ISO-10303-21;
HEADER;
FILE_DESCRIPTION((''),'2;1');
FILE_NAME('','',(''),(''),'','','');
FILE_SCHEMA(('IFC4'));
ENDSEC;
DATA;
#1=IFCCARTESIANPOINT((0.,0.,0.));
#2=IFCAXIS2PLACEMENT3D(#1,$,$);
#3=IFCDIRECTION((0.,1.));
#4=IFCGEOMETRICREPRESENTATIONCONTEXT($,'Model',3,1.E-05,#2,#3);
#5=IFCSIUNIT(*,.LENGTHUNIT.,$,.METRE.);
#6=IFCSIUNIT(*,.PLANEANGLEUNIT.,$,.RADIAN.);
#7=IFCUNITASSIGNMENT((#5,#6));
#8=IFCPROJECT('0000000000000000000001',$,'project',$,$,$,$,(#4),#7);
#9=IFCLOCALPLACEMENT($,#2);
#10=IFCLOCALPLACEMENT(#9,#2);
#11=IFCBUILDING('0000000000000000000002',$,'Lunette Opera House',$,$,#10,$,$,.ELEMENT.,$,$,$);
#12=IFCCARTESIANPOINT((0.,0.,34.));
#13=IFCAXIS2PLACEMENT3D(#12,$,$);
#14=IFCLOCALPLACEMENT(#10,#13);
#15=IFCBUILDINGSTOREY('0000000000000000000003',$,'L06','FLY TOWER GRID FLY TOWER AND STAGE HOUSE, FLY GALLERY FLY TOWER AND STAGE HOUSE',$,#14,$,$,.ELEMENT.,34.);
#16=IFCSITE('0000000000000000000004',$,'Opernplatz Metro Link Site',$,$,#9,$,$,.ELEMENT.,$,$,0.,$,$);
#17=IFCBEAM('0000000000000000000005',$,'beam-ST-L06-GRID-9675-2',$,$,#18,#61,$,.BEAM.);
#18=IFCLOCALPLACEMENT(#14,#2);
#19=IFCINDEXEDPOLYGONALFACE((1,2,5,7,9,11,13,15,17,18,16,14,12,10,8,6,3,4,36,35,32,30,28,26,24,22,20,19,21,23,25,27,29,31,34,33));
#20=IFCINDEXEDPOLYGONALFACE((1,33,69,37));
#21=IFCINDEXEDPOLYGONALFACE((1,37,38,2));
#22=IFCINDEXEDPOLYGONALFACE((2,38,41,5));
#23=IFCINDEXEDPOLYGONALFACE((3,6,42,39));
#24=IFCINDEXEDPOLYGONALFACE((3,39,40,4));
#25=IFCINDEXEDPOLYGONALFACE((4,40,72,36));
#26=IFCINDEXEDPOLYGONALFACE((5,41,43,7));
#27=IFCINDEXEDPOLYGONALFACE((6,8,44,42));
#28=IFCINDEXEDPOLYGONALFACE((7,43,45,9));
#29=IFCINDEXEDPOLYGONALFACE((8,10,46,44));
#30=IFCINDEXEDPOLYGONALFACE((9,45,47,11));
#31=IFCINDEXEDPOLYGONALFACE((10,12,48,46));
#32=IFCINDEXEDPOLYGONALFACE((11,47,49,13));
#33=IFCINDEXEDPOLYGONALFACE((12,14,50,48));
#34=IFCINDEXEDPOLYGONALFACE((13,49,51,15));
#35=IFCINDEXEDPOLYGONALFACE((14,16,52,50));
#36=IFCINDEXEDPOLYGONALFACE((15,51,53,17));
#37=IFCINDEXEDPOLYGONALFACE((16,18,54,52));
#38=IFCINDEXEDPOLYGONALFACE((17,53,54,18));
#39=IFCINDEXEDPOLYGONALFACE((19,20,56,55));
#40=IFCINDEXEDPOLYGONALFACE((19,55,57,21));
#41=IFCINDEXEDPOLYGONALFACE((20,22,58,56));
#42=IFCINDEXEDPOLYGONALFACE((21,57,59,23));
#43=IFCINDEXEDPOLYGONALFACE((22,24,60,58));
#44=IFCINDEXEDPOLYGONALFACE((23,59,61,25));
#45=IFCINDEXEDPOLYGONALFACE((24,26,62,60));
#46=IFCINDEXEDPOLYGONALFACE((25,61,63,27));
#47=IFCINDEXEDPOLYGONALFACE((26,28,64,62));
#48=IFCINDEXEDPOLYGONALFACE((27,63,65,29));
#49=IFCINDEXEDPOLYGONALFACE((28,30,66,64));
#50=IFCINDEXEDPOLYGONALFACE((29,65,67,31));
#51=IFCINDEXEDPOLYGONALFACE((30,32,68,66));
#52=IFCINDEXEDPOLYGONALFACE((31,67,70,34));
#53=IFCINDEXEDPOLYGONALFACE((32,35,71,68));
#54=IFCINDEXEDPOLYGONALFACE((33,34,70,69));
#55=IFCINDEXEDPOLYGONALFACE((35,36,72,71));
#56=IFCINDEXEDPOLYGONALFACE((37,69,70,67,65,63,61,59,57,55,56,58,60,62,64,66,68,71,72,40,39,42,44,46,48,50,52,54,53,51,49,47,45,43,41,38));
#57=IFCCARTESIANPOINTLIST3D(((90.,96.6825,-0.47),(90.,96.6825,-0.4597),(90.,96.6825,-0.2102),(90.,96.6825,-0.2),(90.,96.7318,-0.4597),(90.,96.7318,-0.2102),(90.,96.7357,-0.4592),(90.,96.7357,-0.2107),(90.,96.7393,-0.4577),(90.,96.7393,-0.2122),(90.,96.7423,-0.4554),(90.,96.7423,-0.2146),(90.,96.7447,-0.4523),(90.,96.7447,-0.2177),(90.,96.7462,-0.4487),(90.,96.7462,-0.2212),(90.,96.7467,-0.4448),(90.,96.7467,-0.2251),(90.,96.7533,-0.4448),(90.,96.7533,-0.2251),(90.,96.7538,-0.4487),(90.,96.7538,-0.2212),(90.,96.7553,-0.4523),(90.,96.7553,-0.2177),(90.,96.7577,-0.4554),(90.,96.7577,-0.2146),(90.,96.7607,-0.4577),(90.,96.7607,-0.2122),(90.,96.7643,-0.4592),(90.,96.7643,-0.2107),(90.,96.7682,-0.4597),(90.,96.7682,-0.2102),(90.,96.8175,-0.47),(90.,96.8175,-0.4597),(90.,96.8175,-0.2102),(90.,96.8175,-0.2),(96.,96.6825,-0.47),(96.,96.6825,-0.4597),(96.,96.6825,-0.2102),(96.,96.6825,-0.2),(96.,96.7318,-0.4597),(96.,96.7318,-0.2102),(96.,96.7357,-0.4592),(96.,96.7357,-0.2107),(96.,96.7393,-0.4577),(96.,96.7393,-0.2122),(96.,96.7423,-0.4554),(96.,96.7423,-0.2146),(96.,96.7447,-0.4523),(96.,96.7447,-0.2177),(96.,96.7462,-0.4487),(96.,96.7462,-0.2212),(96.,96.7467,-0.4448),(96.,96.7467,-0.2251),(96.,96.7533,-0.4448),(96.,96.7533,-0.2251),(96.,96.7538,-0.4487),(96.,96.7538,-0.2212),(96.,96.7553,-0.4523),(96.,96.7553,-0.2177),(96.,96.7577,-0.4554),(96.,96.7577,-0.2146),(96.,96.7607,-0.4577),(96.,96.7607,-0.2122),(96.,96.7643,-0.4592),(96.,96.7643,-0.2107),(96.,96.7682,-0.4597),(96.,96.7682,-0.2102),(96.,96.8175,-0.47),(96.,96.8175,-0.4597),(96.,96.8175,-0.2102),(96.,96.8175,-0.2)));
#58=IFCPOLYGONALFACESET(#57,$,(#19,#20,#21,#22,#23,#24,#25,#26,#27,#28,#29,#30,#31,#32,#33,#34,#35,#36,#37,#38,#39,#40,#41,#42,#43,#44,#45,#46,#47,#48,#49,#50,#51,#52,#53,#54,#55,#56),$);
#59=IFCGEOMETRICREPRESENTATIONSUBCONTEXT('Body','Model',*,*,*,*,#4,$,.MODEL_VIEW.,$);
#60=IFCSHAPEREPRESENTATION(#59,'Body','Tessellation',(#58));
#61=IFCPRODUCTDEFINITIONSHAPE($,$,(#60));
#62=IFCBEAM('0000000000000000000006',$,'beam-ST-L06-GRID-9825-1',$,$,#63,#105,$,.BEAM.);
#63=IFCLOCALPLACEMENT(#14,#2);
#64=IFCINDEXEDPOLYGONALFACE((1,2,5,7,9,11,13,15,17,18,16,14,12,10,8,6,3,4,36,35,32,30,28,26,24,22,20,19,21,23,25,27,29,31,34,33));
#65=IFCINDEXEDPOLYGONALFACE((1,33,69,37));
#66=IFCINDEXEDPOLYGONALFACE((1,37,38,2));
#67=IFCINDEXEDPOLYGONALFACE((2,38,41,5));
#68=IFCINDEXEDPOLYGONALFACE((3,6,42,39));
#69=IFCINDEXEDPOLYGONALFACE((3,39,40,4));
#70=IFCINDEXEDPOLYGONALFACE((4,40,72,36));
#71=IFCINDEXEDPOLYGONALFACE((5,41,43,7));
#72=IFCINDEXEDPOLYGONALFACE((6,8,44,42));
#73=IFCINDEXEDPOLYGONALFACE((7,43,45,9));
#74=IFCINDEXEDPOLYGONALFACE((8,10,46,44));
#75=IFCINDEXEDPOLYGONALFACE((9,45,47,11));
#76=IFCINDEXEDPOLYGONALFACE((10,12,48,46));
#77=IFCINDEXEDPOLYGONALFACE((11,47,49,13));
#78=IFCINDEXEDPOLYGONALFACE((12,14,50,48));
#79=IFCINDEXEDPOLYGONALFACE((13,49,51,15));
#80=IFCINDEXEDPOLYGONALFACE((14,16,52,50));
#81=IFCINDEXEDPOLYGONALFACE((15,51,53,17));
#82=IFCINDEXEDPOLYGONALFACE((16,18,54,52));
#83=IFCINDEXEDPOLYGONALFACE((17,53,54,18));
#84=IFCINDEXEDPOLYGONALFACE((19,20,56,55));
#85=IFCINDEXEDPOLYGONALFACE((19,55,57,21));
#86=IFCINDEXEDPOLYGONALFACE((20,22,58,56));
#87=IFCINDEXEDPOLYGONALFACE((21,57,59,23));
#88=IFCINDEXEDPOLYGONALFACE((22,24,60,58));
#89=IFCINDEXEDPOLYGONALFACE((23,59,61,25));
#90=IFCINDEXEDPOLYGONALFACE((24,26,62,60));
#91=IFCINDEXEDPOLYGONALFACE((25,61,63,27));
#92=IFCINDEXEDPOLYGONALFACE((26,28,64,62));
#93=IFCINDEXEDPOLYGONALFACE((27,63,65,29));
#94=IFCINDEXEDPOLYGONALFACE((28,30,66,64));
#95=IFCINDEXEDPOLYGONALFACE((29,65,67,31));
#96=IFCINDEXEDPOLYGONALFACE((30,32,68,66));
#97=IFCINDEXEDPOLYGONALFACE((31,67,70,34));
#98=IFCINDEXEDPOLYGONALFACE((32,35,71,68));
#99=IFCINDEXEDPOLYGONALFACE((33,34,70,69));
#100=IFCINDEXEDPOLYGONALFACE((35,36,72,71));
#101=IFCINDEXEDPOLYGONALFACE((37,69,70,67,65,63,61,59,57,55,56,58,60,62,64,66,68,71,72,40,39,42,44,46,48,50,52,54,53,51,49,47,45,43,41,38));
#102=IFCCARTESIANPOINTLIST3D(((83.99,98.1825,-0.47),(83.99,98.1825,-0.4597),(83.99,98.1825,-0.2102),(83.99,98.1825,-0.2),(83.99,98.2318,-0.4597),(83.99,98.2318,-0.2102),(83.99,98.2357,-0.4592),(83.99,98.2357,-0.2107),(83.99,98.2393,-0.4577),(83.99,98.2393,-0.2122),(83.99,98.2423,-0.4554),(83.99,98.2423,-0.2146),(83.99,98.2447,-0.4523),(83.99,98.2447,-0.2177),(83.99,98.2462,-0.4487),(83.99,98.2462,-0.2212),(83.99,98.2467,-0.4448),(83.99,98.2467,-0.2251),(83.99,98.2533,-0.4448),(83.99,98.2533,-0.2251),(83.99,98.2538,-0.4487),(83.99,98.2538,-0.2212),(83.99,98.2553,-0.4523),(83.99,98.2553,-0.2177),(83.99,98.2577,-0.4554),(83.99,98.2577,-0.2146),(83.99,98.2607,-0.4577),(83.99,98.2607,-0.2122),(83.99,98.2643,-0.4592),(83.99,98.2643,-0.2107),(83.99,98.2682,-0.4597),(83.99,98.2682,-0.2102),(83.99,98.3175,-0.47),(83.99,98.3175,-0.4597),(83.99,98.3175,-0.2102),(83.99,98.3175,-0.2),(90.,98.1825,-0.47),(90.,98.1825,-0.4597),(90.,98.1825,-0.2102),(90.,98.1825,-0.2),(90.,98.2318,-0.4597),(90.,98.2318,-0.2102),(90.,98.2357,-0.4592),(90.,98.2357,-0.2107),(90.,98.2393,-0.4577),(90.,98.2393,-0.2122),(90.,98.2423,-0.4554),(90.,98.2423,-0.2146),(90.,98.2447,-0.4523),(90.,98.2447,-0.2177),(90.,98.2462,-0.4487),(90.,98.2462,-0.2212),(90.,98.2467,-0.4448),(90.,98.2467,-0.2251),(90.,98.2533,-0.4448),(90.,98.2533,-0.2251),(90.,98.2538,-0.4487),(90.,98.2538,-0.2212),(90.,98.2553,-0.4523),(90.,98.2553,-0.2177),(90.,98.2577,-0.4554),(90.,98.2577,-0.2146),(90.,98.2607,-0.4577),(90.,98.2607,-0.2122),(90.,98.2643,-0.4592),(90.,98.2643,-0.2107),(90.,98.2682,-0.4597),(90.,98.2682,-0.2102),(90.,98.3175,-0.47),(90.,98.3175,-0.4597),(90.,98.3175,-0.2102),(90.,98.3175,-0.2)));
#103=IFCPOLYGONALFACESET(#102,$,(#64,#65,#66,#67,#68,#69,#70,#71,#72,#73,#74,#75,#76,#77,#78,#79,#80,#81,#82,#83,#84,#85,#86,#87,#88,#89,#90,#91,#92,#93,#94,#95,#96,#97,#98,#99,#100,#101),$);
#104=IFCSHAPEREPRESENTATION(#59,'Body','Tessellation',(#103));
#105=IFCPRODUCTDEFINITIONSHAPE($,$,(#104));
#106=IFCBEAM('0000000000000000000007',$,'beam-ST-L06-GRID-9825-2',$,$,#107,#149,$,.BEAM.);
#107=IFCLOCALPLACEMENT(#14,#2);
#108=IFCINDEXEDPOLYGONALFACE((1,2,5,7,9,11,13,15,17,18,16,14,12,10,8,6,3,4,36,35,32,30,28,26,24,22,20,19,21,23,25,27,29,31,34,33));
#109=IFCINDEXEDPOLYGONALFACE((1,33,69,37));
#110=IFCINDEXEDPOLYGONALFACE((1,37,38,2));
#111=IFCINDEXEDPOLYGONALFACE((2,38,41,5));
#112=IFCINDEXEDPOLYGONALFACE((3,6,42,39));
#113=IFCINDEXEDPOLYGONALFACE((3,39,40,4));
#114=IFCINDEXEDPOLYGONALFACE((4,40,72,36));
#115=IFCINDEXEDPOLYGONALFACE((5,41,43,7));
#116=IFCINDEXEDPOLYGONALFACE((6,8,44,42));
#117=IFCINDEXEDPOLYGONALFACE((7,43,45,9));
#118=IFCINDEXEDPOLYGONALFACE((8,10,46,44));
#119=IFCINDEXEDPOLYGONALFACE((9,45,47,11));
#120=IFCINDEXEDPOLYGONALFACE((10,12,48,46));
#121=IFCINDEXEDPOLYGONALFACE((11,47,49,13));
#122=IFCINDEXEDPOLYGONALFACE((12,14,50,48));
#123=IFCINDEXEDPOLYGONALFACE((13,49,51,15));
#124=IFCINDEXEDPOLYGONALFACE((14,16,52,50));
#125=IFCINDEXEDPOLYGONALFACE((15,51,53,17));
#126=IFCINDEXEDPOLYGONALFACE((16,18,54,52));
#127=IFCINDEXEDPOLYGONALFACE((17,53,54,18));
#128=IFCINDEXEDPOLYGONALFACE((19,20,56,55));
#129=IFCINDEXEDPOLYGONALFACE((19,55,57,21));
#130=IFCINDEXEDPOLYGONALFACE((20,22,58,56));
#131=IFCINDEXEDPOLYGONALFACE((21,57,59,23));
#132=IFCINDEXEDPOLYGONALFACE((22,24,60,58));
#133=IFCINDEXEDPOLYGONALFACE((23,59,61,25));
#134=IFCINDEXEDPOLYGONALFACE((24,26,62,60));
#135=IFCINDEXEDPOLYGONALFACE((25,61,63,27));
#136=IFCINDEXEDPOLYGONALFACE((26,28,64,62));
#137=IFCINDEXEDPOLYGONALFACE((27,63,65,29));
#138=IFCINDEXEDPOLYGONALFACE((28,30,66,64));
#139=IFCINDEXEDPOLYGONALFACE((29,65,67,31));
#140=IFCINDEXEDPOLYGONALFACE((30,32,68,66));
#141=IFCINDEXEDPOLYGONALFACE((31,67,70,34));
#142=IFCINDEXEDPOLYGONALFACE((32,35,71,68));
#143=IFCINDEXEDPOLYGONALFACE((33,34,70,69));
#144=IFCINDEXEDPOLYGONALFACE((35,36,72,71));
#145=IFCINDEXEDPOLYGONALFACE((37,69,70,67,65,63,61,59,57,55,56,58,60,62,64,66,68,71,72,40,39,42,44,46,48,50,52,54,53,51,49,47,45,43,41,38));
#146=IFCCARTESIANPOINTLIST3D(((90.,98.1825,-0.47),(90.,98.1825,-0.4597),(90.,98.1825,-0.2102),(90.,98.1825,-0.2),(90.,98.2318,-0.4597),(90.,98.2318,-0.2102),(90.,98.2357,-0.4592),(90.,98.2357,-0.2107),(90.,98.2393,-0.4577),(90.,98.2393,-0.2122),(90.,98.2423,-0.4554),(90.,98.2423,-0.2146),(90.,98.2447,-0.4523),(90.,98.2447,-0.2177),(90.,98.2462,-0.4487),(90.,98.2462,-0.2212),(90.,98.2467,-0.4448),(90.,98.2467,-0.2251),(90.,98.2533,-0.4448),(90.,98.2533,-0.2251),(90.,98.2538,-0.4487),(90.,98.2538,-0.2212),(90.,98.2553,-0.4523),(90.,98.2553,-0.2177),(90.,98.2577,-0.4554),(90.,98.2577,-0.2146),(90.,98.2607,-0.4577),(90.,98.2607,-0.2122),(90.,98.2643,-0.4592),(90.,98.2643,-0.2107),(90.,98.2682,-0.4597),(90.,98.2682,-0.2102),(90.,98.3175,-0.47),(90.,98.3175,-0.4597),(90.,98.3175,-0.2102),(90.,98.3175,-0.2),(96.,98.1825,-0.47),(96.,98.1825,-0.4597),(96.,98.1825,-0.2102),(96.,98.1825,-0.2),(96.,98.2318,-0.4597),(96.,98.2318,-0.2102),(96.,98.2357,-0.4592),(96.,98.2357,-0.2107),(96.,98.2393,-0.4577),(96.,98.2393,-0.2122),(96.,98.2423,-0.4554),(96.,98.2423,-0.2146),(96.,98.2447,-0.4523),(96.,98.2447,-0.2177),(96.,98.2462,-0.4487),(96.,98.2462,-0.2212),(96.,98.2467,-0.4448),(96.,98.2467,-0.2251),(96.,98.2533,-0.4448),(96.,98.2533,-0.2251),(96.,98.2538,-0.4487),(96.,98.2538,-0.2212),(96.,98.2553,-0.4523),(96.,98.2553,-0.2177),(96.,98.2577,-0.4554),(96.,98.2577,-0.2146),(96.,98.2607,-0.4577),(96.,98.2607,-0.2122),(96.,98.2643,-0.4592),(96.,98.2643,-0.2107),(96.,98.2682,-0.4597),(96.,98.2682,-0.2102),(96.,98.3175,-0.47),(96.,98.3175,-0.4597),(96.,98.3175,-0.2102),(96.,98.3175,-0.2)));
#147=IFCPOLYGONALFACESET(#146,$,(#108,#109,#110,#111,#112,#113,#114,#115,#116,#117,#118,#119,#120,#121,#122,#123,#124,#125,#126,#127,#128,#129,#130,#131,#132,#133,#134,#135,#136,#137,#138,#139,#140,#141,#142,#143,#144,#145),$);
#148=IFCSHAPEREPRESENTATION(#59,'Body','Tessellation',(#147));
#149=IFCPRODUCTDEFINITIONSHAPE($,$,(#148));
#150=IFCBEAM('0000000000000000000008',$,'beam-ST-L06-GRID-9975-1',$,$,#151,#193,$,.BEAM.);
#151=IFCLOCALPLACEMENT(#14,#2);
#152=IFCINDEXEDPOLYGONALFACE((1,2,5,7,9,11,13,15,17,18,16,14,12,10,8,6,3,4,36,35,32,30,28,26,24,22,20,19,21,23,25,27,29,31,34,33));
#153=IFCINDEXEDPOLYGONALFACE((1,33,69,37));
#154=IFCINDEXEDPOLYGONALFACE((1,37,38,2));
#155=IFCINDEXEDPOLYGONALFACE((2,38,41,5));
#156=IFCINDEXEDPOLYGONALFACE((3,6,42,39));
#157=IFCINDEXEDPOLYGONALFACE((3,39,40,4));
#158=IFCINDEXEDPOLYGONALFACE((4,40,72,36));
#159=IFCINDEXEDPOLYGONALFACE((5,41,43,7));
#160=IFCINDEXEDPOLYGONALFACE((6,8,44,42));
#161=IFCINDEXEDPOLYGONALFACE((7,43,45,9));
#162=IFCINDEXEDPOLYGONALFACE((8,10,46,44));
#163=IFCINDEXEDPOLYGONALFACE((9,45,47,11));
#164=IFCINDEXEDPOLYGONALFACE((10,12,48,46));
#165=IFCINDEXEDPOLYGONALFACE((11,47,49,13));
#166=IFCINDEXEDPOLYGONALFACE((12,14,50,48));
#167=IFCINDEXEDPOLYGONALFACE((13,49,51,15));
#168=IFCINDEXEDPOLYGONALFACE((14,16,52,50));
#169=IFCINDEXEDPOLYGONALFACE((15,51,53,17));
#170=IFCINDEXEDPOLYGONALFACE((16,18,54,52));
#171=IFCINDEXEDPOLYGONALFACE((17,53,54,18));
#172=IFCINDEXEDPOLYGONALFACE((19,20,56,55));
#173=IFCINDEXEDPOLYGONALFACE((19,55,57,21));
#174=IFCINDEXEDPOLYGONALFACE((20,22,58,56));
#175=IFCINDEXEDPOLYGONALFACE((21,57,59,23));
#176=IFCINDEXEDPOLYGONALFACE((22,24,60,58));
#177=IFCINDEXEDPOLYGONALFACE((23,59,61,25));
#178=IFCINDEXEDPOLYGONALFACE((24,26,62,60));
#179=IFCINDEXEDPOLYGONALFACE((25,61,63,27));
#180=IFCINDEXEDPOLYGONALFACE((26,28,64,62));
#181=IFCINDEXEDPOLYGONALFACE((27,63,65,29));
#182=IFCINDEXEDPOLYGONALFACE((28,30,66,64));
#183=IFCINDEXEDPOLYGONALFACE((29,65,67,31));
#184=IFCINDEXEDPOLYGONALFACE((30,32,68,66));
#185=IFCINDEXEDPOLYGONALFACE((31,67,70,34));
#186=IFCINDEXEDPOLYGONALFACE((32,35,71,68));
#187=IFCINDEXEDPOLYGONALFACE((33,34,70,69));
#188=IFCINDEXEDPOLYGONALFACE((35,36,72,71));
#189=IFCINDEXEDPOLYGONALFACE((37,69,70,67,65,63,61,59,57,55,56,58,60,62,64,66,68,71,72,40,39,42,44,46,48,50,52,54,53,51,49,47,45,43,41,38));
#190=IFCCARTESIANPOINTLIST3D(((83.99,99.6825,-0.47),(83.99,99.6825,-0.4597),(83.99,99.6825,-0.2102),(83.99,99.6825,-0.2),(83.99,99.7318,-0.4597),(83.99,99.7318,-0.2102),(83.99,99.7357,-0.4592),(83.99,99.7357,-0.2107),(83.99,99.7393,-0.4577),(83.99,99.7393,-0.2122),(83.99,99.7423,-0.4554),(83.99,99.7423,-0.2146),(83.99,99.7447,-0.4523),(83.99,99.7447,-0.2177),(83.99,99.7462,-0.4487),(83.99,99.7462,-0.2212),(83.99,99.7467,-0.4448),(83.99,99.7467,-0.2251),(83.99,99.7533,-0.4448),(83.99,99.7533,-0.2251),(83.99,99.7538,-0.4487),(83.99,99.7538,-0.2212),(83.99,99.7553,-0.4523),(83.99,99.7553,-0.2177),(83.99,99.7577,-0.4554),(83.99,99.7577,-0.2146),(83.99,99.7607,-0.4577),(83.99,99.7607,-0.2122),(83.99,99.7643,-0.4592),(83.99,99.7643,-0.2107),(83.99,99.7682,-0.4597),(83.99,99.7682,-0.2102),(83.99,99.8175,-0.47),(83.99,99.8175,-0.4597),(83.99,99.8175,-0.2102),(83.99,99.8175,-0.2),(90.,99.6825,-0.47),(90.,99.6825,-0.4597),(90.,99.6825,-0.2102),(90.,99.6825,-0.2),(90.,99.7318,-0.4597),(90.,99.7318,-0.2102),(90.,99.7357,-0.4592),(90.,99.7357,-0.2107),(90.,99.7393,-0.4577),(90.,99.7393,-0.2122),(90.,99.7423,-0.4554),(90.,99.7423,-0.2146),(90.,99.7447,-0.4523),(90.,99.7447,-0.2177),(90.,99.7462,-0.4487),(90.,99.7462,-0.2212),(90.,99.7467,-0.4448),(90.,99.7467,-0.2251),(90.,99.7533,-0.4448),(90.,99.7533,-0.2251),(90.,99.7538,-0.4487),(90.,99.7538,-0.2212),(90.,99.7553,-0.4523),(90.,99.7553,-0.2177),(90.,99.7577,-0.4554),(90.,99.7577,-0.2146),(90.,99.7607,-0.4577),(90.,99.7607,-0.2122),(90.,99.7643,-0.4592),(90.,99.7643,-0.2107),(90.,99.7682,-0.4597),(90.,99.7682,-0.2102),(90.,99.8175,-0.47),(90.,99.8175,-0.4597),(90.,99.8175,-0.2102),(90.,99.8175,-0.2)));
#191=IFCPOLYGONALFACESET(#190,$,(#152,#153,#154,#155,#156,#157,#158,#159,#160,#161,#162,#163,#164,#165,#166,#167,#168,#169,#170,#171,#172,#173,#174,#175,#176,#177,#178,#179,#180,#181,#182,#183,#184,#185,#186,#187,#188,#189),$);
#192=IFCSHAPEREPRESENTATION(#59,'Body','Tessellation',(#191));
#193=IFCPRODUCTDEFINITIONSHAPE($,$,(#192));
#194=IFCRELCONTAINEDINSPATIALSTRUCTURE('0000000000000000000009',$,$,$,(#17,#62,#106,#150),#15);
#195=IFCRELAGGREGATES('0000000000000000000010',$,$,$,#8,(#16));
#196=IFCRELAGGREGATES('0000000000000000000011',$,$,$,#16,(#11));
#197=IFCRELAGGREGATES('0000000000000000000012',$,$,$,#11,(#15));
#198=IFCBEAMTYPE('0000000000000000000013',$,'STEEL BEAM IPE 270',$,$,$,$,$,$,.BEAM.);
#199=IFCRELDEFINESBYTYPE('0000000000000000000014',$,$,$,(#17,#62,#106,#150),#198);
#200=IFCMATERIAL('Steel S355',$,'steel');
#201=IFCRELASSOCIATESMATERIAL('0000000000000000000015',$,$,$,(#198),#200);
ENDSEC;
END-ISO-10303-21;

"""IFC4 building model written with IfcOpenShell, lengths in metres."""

from ifc_helpers import new_model, si_unit, direction, frame, origin, origin_2d, place, context, subcontext, project, spatial, i_section, extrude, material, material_profile, profile_set, type_object, element, save


model = new_model("IFC4")

# Units and contexts
model_context = context("Model", 3, precision=1e-05, world=origin(), true_north=direction((0.0, 1.0)))
body_context = subcontext(model_context, "Body", "Model", "MODEL_VIEW")
ifc_project = project(units=[si_unit("LENGTHUNIT", "METRE"), si_unit("PLANEANGLEUNIT", "RADIAN")], contexts=[model_context])

# Site, building, storey
site_placement = place(None, origin())
site = spatial("IfcSite", under=ifc_project, at=site_placement, Name="Opernplatz Metro Link Site", CompositionType="ELEMENT", RefElevation=0.0)
building_placement = place(site_placement, origin())
building = spatial("IfcBuilding", under=site, at=building_placement, Name="Lunette Opera House", CompositionType="ELEMENT")
storey_placement = place(building_placement, frame((0.0, 0.0, 34.0)))
storey = spatial("IfcBuildingStorey", under=building, at=storey_placement, Name="L06", Description="FLY TOWER GRID FLY TOWER AND STAGE HOUSE, FLY GALLERY FLY TOWER AND STAGE HOUSE", CompositionType="ELEMENT", Elevation=34.0)

# Beams
ifc_material_1 = material(Name="Steel S355", Category="steel")
ifc_material_profile_1 = material_profile(ifc_material_1, i_section(OverallWidth=0.135, OverallDepth=0.27, WebThickness=0.0066, FlangeThickness=0.0103, FilletRadius=0.0149, at=origin_2d()), Name="IPE 270")
ifc_profile_set_1 = profile_set([ifc_material_profile_1], Name="Steel S355")
beam_type = type_object("IfcBeamType", Name="STEEL BEAM IPE 270", PredefinedType="BEAM", material=ifc_profile_set_1)
beam_1_placement = place(storey_placement, frame((90.0, 96.75, -0.335), z_axis=(1.0, 0.0, 0.0), x_axis=(0.0, 1.0, 0.0)))
element("IfcBeam", 1, at=beam_1_placement, inside=storey, type_object=beam_type, Name="beam-ST-L06-GRID-9675-2", PredefinedType="BEAM", context=body_context, shape_type="SweptSolid", body=[
    extrude(i_section(OverallWidth=0.135, OverallDepth=0.27, WebThickness=0.0066, FlangeThickness=0.0103, FilletRadius=0.0149, at=origin_2d()), origin(), (0.0, 0.0, 1.0), 6.0),
])
beam_2_placement = place(storey_placement, frame((83.99, 98.25, -0.335), z_axis=(1.0, 0.0, 0.0), x_axis=(0.0, 1.0, 0.0)))
element("IfcBeam", 2, at=beam_2_placement, inside=storey, type_object=beam_type, Name="beam-ST-L06-GRID-9825-1", PredefinedType="BEAM", context=body_context, shape_type="SweptSolid", body=[
    extrude(i_section(OverallWidth=0.135, OverallDepth=0.27, WebThickness=0.0066, FlangeThickness=0.0103, FilletRadius=0.0149, at=origin_2d()), origin(), (0.0, 0.0, 1.0), 6.01),
])
beam_3_placement = place(storey_placement, frame((90.0, 98.25, -0.335), z_axis=(1.0, 0.0, 0.0), x_axis=(0.0, 1.0, 0.0)))
element("IfcBeam", 3, at=beam_3_placement, inside=storey, type_object=beam_type, Name="beam-ST-L06-GRID-9825-2", PredefinedType="BEAM", context=body_context, shape_type="SweptSolid", body=[
    extrude(i_section(OverallWidth=0.135, OverallDepth=0.27, WebThickness=0.0066, FlangeThickness=0.0103, FilletRadius=0.0149, at=origin_2d()), origin(), (0.0, 0.0, 1.0), 6.0),
])
beam_4_placement = place(storey_placement, frame((83.99, 99.75, -0.335), z_axis=(1.0, 0.0, 0.0), x_axis=(0.0, 1.0, 0.0)))
element("IfcBeam", 4, at=beam_4_placement, inside=storey, type_object=beam_type, Name="beam-ST-L06-GRID-9975-1", PredefinedType="BEAM", context=body_context, shape_type="SweptSolid", body=[
    extrude(i_section(OverallWidth=0.135, OverallDepth=0.27, WebThickness=0.0066, FlangeThickness=0.0103, FilletRadius=0.0149, at=origin_2d()), origin(), (0.0, 0.0, 1.0), 6.01),
])

save(model, "model.ifc")
